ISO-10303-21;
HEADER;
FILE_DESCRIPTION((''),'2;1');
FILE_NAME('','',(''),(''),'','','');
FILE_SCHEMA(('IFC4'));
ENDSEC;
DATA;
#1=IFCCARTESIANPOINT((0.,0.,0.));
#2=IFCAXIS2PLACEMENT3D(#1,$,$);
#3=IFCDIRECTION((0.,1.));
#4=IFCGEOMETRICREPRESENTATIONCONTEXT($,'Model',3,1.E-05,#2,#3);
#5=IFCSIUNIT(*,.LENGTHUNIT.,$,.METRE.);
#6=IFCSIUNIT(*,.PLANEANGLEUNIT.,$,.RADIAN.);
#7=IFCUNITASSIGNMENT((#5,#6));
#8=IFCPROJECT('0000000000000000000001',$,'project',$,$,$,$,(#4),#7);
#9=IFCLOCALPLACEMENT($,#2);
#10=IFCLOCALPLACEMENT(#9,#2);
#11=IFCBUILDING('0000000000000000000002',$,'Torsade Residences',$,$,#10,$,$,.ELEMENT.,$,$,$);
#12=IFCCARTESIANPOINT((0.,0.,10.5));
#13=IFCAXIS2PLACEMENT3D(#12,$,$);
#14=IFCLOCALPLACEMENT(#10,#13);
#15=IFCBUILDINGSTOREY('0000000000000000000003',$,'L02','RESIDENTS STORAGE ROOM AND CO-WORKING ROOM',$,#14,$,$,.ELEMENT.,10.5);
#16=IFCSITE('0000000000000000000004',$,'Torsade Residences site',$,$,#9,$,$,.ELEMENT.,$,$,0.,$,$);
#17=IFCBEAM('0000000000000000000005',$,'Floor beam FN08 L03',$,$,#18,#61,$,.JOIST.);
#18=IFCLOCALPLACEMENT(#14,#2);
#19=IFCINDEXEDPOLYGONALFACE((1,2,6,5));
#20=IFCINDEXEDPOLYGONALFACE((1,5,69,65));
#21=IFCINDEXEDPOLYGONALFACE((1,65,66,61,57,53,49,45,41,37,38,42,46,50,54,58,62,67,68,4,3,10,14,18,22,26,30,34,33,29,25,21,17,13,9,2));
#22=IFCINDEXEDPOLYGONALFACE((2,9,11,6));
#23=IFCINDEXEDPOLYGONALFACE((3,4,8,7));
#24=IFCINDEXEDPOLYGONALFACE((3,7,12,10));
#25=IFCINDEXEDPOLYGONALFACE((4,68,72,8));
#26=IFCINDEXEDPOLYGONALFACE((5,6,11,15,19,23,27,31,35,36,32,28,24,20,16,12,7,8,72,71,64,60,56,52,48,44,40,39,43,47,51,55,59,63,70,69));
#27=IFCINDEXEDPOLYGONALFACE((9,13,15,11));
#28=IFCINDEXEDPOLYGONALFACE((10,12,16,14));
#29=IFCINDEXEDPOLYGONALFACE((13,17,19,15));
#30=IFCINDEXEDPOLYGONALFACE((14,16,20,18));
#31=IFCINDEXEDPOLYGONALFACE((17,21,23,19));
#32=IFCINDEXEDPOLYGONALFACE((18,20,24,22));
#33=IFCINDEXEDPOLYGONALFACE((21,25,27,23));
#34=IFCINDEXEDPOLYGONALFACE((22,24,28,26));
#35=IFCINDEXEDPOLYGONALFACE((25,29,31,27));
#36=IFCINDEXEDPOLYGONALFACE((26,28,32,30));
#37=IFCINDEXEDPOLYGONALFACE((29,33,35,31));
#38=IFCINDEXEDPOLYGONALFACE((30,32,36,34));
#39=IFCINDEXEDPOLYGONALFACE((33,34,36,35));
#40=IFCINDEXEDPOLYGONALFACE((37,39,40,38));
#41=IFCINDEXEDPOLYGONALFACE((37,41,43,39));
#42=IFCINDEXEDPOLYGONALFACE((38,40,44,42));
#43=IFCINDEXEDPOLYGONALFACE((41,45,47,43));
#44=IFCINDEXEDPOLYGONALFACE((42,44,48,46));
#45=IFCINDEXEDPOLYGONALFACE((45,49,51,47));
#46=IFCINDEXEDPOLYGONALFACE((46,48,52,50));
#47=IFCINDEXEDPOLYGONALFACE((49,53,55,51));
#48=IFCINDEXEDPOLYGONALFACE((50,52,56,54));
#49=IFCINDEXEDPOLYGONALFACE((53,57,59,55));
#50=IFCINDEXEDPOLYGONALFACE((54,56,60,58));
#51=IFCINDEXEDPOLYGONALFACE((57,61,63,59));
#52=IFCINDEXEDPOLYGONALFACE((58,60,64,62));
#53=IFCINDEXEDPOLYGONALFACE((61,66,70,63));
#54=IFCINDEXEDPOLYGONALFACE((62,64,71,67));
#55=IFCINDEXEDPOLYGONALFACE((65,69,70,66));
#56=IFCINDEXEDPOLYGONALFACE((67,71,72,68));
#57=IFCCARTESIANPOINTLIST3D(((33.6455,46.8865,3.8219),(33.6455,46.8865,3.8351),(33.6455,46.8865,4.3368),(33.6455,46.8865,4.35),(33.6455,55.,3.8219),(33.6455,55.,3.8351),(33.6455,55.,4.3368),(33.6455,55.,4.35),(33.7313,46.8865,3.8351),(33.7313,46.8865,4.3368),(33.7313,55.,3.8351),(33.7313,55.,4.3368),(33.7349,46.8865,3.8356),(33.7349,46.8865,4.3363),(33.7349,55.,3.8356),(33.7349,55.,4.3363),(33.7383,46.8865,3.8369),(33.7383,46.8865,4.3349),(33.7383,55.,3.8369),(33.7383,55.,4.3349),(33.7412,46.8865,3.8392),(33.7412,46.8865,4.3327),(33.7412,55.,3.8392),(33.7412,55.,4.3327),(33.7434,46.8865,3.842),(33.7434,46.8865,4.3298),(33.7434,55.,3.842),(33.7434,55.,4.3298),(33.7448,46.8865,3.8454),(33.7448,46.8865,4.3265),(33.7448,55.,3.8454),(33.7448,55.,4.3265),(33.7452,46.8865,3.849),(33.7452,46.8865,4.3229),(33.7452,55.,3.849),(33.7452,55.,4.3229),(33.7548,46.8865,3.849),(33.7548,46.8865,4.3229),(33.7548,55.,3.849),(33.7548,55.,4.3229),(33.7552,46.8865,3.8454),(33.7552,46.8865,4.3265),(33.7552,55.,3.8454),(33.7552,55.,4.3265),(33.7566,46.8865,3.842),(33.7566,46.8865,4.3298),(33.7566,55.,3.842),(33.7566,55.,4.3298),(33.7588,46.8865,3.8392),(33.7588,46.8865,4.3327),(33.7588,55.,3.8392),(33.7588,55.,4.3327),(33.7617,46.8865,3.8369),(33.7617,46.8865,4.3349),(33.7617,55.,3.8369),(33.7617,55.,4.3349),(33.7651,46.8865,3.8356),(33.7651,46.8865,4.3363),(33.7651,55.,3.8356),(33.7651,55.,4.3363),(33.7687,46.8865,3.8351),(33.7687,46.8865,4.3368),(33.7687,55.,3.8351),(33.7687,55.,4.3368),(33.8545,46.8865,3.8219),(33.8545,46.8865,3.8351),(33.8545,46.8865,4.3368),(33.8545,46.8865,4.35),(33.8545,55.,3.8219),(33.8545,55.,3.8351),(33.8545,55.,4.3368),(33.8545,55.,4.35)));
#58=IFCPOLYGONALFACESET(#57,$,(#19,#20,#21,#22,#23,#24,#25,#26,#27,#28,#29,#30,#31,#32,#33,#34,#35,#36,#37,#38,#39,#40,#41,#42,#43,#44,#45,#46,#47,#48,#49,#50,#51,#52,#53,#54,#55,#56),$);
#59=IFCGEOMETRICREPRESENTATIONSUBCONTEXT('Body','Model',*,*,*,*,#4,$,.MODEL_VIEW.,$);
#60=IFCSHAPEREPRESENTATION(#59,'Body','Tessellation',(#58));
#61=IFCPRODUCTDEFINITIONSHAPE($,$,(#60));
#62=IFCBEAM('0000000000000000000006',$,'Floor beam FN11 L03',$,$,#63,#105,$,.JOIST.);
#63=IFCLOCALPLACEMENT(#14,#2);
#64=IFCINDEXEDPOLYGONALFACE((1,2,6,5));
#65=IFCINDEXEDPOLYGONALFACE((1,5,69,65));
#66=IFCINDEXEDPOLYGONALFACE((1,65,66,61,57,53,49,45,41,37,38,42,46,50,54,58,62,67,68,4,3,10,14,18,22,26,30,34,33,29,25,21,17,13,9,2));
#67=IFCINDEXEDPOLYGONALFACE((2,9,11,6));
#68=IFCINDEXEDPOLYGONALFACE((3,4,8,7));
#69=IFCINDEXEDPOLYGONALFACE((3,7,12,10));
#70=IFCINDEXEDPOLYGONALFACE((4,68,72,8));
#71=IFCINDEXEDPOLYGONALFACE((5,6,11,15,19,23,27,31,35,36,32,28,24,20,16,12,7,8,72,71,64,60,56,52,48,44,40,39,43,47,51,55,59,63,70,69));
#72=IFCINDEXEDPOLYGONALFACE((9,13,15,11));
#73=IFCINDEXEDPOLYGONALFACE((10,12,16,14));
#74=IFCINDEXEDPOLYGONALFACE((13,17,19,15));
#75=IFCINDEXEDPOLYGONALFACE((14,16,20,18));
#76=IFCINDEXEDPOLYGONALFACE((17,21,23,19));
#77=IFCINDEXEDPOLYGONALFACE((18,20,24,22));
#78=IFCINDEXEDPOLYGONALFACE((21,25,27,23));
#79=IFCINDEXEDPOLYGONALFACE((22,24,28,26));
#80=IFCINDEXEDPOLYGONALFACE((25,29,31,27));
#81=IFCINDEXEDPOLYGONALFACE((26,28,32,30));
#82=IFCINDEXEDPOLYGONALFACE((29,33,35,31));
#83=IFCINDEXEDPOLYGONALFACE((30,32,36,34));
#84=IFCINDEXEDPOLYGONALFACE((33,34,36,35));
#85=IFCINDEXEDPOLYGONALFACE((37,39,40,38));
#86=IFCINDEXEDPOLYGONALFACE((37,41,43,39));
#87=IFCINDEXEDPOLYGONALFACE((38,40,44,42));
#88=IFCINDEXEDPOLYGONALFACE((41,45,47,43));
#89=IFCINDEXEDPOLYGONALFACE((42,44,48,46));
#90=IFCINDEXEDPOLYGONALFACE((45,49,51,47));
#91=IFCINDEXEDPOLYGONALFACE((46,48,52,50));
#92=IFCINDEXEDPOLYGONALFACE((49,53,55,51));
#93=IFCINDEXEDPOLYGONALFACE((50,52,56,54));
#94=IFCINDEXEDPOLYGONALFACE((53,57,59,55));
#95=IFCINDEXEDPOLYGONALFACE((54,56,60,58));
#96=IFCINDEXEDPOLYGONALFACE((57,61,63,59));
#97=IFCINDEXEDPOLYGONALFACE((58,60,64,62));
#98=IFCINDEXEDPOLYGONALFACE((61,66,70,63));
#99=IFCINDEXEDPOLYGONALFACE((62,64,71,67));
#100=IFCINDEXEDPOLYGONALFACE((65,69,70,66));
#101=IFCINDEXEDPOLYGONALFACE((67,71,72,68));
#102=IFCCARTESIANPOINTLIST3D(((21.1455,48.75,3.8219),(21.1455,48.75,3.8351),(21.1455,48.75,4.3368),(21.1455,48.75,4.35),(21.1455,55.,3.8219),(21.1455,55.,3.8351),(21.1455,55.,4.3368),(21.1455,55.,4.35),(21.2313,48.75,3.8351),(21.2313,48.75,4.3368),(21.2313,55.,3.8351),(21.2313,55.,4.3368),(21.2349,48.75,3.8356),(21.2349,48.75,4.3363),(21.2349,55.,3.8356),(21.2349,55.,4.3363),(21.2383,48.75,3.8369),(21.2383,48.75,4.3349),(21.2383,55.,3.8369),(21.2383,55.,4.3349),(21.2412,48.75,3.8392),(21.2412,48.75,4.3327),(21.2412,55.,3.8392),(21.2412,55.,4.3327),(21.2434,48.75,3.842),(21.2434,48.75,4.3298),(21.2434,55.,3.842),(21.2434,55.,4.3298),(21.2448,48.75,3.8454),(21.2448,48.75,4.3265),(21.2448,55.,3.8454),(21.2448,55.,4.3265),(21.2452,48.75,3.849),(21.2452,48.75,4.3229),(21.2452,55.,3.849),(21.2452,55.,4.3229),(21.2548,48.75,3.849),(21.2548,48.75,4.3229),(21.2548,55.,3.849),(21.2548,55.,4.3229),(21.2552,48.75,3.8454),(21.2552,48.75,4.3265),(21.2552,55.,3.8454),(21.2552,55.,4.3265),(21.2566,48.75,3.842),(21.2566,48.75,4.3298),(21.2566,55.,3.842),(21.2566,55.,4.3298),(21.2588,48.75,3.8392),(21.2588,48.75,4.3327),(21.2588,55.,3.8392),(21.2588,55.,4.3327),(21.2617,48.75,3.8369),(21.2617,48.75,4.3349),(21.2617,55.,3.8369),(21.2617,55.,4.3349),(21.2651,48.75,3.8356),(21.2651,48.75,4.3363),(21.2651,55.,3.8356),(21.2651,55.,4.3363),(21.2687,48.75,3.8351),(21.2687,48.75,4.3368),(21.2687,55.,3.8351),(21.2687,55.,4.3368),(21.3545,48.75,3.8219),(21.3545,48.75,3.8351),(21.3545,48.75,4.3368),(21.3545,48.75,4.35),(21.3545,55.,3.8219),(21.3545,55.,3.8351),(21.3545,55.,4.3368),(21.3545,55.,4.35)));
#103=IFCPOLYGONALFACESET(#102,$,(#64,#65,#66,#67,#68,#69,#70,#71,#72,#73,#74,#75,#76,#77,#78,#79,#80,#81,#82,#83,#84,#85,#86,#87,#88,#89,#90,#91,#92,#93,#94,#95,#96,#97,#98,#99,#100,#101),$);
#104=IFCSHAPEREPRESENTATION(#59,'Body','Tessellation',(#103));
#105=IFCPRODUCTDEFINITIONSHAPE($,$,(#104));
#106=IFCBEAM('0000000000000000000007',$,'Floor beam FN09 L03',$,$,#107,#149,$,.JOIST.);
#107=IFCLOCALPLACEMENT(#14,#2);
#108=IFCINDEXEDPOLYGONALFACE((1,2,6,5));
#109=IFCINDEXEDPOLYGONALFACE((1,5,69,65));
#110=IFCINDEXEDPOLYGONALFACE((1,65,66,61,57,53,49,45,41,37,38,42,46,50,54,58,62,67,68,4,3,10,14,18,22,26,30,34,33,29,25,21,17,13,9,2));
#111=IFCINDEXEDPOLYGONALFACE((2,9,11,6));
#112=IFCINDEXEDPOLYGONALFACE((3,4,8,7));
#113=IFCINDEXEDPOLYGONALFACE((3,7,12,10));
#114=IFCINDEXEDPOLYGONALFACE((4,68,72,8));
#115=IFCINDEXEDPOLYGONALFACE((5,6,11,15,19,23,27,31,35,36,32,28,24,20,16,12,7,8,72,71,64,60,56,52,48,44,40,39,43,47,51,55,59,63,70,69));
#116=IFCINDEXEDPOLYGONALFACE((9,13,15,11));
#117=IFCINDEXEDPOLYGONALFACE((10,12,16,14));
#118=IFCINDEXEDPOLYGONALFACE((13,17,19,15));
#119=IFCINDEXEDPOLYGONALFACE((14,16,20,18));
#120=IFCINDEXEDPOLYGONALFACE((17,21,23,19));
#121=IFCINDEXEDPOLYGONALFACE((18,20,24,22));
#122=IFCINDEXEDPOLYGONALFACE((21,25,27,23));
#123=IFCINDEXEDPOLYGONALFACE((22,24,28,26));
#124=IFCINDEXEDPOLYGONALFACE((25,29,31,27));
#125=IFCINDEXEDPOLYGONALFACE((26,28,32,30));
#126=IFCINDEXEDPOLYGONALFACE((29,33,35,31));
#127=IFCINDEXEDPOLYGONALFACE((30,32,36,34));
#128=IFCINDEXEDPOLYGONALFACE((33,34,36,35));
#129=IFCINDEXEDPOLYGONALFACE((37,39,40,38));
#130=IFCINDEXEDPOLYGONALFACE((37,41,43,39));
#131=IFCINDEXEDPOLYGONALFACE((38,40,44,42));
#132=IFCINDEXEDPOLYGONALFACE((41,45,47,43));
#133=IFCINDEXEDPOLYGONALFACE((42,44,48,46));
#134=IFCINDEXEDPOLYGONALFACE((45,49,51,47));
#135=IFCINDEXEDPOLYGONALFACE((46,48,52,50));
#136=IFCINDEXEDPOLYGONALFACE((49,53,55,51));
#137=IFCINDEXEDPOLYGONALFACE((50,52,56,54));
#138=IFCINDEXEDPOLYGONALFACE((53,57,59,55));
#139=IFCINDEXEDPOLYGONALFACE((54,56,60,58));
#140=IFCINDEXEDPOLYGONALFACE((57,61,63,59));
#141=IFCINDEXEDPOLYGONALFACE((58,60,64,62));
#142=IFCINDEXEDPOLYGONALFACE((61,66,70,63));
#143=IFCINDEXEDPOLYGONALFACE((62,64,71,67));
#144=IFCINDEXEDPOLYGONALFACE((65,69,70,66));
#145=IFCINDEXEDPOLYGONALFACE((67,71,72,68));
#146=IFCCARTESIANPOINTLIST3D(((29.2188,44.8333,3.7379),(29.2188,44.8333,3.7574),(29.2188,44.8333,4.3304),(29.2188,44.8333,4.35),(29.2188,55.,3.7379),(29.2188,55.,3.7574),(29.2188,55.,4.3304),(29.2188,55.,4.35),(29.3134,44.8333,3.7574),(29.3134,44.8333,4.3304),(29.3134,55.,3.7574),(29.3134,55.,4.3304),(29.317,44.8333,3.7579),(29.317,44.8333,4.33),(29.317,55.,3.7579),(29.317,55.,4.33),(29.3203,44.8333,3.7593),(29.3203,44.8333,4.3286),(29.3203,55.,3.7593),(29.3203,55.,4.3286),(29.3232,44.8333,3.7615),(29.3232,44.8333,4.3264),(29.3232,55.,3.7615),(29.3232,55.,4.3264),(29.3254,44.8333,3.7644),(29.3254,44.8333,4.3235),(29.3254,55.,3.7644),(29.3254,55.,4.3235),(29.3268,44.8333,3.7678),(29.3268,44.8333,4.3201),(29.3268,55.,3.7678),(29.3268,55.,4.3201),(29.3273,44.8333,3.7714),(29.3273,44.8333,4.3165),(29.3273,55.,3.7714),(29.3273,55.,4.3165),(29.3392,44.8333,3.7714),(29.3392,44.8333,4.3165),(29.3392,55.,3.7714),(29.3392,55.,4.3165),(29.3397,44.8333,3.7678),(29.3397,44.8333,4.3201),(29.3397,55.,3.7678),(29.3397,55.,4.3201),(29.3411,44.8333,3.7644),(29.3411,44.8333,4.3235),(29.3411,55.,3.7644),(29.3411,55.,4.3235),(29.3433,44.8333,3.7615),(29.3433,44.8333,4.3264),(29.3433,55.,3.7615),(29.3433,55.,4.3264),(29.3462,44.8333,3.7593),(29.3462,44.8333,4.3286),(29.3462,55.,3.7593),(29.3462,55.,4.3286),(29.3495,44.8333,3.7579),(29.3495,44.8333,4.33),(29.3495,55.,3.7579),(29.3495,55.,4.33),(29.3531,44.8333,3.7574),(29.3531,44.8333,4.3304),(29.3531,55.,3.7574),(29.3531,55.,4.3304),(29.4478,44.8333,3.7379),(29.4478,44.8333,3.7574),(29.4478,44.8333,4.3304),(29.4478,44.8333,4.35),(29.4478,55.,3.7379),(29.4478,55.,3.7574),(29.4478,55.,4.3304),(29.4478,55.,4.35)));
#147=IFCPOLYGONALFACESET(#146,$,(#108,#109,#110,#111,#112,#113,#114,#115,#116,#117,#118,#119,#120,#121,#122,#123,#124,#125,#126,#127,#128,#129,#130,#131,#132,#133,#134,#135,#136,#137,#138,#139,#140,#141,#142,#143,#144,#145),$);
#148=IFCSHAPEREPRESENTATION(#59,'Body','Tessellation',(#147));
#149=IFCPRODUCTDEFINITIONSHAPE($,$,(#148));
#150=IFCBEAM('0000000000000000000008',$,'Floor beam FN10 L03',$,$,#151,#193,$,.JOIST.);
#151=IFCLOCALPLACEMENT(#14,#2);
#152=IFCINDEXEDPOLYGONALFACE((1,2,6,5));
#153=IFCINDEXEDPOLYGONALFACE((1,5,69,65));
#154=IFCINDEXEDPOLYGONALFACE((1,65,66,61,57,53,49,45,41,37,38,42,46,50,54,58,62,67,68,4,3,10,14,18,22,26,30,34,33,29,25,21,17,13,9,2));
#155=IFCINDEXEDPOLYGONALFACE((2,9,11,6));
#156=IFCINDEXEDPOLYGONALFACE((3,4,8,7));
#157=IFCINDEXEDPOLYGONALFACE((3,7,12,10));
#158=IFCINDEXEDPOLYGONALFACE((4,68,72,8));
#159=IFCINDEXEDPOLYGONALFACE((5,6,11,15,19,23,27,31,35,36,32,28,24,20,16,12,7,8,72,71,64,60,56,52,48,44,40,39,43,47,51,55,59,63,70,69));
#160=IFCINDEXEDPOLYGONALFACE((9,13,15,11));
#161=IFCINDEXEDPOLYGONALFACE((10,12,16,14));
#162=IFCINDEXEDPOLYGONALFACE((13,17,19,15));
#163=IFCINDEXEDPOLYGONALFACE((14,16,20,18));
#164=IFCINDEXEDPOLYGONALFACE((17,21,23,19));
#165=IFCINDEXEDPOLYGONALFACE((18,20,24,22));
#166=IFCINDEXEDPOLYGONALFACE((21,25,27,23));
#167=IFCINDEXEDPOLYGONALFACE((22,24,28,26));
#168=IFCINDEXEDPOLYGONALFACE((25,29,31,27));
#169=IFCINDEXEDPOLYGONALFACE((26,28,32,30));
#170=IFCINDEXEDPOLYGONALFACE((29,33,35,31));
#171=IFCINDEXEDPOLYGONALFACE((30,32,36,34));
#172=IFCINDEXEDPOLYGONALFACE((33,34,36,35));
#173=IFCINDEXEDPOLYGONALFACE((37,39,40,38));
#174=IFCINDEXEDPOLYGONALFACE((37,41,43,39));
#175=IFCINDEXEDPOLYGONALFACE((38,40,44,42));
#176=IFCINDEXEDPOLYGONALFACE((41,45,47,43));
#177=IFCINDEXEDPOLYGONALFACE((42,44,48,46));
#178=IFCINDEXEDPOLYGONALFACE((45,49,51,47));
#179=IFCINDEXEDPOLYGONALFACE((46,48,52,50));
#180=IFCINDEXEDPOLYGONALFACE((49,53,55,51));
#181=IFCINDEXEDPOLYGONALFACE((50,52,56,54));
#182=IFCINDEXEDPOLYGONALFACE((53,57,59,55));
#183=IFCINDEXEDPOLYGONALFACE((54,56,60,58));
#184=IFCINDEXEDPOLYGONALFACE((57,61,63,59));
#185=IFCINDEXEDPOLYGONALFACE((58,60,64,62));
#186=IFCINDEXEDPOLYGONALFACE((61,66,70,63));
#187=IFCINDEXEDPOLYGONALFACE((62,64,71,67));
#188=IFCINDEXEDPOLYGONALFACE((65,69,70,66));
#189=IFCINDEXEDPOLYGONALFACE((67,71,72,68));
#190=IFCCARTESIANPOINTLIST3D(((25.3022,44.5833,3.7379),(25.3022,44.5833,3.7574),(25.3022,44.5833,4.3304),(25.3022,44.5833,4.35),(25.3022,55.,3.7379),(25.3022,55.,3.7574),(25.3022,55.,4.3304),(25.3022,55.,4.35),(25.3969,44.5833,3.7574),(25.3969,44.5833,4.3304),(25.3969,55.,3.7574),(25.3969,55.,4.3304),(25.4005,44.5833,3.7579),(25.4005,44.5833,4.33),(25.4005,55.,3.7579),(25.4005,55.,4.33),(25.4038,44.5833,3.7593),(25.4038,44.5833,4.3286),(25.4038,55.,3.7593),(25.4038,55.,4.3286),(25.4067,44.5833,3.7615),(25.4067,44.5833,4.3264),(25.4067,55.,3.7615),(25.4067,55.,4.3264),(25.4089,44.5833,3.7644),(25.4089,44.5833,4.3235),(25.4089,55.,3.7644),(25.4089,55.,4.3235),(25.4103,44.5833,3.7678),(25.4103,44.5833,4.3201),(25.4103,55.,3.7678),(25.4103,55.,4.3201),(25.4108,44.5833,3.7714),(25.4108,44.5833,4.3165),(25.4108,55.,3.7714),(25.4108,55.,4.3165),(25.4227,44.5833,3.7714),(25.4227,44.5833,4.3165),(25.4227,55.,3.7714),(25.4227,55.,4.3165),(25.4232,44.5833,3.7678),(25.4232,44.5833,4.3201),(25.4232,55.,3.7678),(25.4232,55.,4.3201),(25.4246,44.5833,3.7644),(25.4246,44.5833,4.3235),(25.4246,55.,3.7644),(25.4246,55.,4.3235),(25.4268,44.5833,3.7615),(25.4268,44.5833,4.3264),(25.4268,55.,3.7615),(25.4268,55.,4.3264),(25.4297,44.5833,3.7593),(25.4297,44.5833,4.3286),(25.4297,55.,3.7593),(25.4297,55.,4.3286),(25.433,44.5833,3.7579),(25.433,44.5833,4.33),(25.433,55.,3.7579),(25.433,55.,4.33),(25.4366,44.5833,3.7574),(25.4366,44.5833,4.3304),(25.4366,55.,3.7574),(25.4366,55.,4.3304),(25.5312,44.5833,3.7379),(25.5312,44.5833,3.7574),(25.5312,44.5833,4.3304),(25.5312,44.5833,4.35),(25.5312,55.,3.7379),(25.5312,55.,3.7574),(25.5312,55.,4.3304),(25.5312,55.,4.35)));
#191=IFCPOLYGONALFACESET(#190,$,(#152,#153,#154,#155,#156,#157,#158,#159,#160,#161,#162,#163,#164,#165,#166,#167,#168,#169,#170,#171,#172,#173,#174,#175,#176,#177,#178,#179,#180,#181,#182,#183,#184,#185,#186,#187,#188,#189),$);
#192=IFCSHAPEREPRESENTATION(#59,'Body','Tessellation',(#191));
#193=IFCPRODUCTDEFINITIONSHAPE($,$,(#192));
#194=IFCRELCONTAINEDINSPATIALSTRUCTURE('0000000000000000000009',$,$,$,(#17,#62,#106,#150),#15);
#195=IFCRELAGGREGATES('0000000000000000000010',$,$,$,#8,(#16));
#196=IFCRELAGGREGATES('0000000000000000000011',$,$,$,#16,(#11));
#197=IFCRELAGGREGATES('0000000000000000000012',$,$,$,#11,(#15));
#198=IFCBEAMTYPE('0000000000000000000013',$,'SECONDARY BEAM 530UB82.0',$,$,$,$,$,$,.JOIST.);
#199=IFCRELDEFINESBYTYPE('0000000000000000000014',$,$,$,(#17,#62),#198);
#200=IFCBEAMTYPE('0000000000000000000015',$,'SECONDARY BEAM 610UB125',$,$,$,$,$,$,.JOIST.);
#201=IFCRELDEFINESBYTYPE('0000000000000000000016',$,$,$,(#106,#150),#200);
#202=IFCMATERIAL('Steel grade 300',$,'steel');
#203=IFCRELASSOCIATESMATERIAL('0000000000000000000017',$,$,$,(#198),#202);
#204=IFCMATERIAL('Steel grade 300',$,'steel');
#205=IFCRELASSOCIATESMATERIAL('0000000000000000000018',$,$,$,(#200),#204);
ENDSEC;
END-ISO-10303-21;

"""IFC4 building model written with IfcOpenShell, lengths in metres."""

from ifc_helpers import new_model, si_unit, direction, frame, origin, origin_2d, place, context, subcontext, project, spatial, i_section, extrude, material, material_profile, profile_set, type_object, element, save


model = new_model("IFC4")

# Units and contexts
model_context = context("Model", 3, precision=1e-05, world=origin(), true_north=direction((0.0, 1.0)))
body_context = subcontext(model_context, "Body", "Model", "MODEL_VIEW")
ifc_project = project(units=[si_unit("LENGTHUNIT", "METRE"), si_unit("PLANEANGLEUNIT", "RADIAN")], contexts=[model_context])

# Site, building, storey
site_placement = place(None, origin())
site = spatial("IfcSite", under=ifc_project, at=site_placement, Name="Torsade Residences site", CompositionType="ELEMENT", RefElevation=0.0)
building_placement = place(site_placement, origin())
building = spatial("IfcBuilding", under=site, at=building_placement, Name="Torsade Residences", CompositionType="ELEMENT")
storey_placement = place(building_placement, frame((0.0, 0.0, 10.5)))
storey = spatial("IfcBuildingStorey", under=building, at=storey_placement, Name="L02", Description="RESIDENTS STORAGE ROOM AND CO-WORKING ROOM", CompositionType="ELEMENT", Elevation=10.5)

# Beams
ifc_material_1 = material(Name="Steel grade 300", Category="steel")
ifc_material_profile_1 = material_profile(ifc_material_1, i_section(OverallWidth=0.209, OverallDepth=0.5281, WebThickness=0.0095, FlangeThickness=0.0132, FilletRadius=0.0139, at=origin_2d()), Name="530UB82.0")
ifc_profile_set_1 = profile_set([ifc_material_profile_1], Name="Steel grade 300")
beam_type_1 = type_object("IfcBeamType", Name="SECONDARY BEAM 530UB82.0", PredefinedType="JOIST", material=ifc_profile_set_1)
beam_1_placement = place(storey_placement, frame((33.75, 55.0, 4.0859), z_axis=(0.0, -1.0, 0.0), x_axis=(1.0, 0.0, 0.0)))
element("IfcBeam", 1, at=beam_1_placement, inside=storey, type_object=beam_type_1, Name="Floor beam FN08 L03", PredefinedType="JOIST", context=body_context, shape_type="SweptSolid", body=[
    extrude(i_section(OverallWidth=0.209, OverallDepth=0.5281, WebThickness=0.0095, FlangeThickness=0.0132, FilletRadius=0.0139, at=origin_2d()), origin(), (0.0, 0.0, 1.0), 8.1135),
])
beam_2_placement = place(storey_placement, frame((21.25, 55.0, 4.0859), z_axis=(0.0, -1.0, 0.0), x_axis=(1.0, 0.0, 0.0)))
element("IfcBeam", 2, at=beam_2_placement, inside=storey, type_object=beam_type_1, Name="Floor beam FN11 L03", PredefinedType="JOIST", context=body_context, shape_type="SweptSolid", body=[
    extrude(i_section(OverallWidth=0.209, OverallDepth=0.5281, WebThickness=0.0095, FlangeThickness=0.0132, FilletRadius=0.0139, at=origin_2d()), origin(), (0.0, 0.0, 1.0), 6.25),
])
ifc_material_2 = material(Name="Steel grade 300", Category="steel")
ifc_material_profile_2 = material_profile(ifc_material_2, i_section(OverallWidth=0.229, OverallDepth=0.6121, WebThickness=0.012, FlangeThickness=0.0195, FilletRadius=0.0139, at=origin_2d()), Name="610UB125")
ifc_profile_set_2 = profile_set([ifc_material_profile_2], Name="Steel grade 300")
beam_type_2 = type_object("IfcBeamType", Name="SECONDARY BEAM 610UB125", PredefinedType="JOIST", material=ifc_profile_set_2)
beam_3_placement = place(storey_placement, frame((29.3333, 55.0, 4.0439), z_axis=(0.0, -1.0, 0.0), x_axis=(1.0, 0.0, 0.0)))
element("IfcBeam", 3, at=beam_3_placement, inside=storey, type_object=beam_type_2, Name="Floor beam FN09 L03", PredefinedType="JOIST", context=body_context, shape_type="SweptSolid", body=[
    extrude(i_section(OverallWidth=0.229, OverallDepth=0.6121, WebThickness=0.012, FlangeThickness=0.0195, FilletRadius=0.0139, at=origin_2d()), origin(), (0.0, 0.0, 1.0), 10.1667),
])
beam_4_placement = place(storey_placement, frame((25.4167, 55.0, 4.0439), z_axis=(0.0, -1.0, 0.0), x_axis=(1.0, 0.0, 0.0)))
element("IfcBeam", 4, at=beam_4_placement, inside=storey, type_object=beam_type_2, Name="Floor beam FN10 L03", PredefinedType="JOIST", context=body_context, shape_type="SweptSolid", body=[
    extrude(i_section(OverallWidth=0.229, OverallDepth=0.6121, WebThickness=0.012, FlangeThickness=0.0195, FilletRadius=0.0139, at=origin_2d()), origin(), (0.0, 0.0, 1.0), 10.4167),
])

save(model, "model.ifc")
